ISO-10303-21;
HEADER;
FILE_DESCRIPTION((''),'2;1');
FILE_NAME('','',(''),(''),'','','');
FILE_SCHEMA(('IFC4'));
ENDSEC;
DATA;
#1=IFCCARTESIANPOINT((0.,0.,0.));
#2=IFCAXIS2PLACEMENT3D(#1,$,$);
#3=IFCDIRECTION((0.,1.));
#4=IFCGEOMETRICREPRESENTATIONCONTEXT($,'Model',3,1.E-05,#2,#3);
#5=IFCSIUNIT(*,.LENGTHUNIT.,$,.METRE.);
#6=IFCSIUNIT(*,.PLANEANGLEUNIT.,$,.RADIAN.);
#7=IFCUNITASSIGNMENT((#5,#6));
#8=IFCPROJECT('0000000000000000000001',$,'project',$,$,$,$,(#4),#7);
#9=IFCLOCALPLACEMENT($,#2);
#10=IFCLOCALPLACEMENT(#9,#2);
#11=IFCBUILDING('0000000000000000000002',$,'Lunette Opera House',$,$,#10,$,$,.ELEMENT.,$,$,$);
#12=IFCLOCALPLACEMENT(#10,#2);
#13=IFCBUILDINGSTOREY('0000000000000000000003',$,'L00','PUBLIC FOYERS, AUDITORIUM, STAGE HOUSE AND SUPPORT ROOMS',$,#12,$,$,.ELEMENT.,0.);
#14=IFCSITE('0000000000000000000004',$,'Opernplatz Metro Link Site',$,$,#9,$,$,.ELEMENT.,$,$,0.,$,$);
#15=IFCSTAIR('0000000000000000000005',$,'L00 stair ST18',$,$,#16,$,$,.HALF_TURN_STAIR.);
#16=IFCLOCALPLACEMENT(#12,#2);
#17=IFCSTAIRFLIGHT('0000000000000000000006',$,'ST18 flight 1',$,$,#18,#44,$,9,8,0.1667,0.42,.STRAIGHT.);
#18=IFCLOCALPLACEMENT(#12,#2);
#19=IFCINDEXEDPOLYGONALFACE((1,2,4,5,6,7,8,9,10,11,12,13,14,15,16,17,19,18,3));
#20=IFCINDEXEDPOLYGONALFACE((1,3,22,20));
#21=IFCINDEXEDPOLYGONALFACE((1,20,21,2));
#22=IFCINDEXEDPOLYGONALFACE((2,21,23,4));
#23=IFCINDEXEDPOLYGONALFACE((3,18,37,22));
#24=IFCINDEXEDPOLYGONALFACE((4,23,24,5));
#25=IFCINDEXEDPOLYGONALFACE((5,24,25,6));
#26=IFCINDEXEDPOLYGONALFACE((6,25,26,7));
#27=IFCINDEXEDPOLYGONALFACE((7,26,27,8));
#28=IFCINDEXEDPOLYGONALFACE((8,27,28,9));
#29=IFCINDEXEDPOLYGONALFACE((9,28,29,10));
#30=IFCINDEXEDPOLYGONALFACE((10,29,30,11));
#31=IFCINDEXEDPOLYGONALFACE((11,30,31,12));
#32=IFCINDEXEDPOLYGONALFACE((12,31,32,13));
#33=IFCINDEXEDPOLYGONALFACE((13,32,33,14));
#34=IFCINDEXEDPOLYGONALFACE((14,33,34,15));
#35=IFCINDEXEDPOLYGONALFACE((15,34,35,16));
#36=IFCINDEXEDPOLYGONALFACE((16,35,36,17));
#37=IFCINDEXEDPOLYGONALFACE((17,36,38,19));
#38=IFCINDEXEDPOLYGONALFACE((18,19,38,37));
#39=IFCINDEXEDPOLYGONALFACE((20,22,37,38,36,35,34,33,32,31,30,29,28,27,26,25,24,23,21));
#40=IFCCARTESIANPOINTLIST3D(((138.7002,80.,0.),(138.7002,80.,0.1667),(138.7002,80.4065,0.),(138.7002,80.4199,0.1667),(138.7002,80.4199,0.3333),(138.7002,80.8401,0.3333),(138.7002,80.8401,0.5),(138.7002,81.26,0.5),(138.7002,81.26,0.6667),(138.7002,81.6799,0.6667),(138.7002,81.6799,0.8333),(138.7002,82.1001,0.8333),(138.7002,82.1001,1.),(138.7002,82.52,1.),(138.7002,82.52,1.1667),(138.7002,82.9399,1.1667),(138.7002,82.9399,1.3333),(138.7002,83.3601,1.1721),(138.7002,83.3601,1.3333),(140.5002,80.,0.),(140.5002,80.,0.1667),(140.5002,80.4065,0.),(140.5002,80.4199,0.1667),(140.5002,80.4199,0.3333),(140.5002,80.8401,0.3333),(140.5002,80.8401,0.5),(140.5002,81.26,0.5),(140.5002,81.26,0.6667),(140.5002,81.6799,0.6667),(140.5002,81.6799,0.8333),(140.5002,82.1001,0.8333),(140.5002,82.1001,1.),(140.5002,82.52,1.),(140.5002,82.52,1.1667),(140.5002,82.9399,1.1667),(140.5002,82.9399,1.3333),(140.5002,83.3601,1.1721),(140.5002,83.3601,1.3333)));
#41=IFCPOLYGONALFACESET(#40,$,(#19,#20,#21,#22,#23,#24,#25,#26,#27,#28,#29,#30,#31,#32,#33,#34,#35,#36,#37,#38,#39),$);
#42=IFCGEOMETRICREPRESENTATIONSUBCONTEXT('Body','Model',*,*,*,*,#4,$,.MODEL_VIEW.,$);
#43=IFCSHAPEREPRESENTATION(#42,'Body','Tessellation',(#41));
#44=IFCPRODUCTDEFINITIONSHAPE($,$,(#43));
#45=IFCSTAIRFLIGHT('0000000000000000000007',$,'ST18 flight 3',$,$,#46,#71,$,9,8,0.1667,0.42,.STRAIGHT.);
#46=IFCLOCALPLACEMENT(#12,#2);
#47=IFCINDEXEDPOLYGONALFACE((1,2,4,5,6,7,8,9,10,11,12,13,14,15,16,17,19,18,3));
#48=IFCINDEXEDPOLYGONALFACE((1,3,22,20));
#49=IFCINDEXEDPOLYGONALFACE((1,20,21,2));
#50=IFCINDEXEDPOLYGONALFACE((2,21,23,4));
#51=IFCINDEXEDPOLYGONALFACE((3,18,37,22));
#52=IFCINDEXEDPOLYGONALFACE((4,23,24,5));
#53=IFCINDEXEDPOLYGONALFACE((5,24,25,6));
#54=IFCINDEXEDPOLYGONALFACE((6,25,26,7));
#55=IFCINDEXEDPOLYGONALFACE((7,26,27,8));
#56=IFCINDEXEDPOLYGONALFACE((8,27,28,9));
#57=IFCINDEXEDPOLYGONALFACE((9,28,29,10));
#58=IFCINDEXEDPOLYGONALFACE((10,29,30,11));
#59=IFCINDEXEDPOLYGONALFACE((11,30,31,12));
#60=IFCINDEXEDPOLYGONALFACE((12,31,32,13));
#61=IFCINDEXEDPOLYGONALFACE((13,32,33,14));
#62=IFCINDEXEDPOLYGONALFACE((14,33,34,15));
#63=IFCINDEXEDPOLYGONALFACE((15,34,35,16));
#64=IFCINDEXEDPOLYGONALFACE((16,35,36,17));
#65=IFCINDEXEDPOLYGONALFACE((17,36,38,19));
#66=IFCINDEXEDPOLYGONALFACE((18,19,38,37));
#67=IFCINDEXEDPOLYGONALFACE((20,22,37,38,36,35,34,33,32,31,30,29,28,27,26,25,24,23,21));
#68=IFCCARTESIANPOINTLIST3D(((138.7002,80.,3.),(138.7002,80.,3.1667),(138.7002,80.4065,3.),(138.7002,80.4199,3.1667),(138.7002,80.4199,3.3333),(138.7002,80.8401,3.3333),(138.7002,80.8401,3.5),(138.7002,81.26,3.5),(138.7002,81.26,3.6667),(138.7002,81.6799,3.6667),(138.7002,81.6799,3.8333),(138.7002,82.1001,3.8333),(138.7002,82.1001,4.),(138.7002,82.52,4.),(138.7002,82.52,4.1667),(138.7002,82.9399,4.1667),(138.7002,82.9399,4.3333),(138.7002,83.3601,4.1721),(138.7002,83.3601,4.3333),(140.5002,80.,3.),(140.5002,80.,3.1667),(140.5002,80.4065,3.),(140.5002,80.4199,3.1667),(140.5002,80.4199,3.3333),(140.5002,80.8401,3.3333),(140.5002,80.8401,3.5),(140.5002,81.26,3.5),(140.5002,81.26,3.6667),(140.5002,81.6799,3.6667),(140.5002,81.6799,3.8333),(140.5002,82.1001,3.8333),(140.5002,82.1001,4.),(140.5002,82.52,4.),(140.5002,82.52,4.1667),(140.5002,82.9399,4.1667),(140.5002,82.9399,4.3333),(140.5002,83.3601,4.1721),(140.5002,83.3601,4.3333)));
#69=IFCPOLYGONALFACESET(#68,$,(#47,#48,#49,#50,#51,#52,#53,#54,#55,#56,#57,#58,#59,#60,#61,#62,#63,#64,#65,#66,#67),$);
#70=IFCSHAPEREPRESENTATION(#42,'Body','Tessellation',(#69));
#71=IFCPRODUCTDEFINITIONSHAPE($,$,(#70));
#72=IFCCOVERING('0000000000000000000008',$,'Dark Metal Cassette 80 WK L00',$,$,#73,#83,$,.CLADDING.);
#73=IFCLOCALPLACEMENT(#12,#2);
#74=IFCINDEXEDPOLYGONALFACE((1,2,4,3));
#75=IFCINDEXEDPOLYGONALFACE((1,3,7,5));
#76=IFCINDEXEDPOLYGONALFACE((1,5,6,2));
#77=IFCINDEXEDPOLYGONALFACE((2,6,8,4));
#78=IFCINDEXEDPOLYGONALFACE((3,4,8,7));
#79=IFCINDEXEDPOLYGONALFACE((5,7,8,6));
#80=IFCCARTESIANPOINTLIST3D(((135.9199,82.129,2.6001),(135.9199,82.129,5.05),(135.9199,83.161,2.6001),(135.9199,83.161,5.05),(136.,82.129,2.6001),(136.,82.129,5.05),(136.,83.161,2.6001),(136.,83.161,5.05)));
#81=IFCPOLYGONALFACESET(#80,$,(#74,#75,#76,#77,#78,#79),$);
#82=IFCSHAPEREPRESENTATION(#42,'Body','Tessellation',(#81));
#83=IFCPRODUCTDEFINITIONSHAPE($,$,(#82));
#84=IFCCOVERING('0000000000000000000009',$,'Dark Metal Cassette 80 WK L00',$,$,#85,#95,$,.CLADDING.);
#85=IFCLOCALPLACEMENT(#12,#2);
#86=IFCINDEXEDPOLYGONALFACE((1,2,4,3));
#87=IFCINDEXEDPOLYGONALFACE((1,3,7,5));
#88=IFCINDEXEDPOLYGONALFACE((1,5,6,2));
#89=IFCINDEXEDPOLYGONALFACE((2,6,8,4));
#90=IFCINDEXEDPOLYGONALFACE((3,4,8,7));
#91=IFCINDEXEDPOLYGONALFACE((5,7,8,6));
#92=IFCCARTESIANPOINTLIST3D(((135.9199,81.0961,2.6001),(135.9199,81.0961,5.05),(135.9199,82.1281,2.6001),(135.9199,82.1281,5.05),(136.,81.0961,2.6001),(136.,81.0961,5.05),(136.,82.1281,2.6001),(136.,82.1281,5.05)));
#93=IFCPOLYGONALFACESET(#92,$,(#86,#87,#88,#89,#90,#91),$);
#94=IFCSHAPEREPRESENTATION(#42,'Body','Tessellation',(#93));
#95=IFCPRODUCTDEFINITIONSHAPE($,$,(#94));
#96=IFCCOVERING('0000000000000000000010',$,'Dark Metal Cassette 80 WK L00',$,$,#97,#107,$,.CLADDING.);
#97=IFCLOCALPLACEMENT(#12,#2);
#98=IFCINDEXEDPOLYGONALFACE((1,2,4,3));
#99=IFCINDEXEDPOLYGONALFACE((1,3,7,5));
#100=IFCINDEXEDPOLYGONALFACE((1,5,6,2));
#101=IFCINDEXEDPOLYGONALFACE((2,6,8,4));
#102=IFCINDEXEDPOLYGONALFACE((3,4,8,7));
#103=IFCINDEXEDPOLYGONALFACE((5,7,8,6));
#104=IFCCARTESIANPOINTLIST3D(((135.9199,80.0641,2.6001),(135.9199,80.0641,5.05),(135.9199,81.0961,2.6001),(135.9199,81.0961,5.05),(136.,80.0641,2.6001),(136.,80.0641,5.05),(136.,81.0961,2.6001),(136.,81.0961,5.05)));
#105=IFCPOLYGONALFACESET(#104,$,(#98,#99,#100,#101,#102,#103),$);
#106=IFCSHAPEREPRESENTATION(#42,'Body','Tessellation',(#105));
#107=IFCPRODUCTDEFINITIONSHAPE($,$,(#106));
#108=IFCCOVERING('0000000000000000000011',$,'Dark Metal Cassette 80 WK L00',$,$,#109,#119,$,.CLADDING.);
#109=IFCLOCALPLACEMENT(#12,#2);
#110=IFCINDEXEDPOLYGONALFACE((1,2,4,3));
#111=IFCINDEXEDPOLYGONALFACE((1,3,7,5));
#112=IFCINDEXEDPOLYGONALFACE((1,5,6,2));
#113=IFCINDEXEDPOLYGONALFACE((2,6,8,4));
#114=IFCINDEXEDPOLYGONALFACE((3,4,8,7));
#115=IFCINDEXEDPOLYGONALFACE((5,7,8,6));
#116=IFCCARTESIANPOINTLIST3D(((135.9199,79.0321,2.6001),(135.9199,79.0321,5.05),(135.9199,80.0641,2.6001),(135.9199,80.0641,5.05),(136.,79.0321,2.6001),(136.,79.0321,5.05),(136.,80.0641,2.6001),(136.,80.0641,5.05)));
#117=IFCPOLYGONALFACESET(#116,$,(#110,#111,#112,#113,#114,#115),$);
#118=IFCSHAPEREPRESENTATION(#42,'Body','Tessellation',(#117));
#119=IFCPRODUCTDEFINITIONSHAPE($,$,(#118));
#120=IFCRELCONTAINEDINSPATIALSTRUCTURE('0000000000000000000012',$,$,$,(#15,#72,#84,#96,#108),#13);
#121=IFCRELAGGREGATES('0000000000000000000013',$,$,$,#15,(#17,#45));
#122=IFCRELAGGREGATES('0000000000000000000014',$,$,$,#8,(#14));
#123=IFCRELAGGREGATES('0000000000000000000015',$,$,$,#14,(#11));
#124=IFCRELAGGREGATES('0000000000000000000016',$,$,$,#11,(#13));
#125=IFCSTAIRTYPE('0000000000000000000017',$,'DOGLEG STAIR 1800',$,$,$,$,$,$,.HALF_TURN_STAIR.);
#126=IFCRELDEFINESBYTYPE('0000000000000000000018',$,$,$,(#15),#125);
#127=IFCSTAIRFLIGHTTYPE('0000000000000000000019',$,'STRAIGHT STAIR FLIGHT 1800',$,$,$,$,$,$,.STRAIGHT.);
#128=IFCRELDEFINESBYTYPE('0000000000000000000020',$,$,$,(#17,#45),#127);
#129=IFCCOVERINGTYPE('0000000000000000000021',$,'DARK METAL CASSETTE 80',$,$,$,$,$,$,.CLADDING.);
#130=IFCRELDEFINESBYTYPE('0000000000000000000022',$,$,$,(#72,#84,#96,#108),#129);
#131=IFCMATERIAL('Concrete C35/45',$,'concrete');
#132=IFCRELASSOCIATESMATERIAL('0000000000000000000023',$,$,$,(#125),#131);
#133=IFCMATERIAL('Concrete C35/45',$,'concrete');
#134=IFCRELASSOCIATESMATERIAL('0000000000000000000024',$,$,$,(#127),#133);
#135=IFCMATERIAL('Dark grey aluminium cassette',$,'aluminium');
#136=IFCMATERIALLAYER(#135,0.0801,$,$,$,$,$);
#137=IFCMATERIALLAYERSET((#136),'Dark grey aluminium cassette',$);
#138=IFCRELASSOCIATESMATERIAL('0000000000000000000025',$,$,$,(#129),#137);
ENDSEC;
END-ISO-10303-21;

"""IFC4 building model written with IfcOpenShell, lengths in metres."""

from ifc_helpers import new_model, si_unit, direction, frame, origin, origin_2d, place, context, subcontext, project, spatial, polyline, rectangle, outline, extrude, material, layer, layer_set, type_object, element, aggregate, save


model = new_model("IFC4")

# Units and contexts
model_context = context("Model", 3, precision=1e-05, world=origin(), true_north=direction((0.0, 1.0)))
body_context = subcontext(model_context, "Body", "Model", "MODEL_VIEW")
ifc_project = project(units=[si_unit("LENGTHUNIT", "METRE"), si_unit("PLANEANGLEUNIT", "RADIAN")], contexts=[model_context])

# Site, building, storey
site_placement = place(None, origin())
site = spatial("IfcSite", under=ifc_project, at=site_placement, Name="Opernplatz Metro Link Site", CompositionType="ELEMENT", RefElevation=0.0)
building_placement = place(site_placement, origin())
building = spatial("IfcBuilding", under=site, at=building_placement, Name="Lunette Opera House", CompositionType="ELEMENT")
storey_placement = place(building_placement, origin())
storey = spatial("IfcBuildingStorey", under=building, at=storey_placement, Name="L00", Description="PUBLIC FOYERS, AUDITORIUM, STAGE HOUSE AND SUPPORT ROOMS", CompositionType="ELEMENT", Elevation=0.0)

# Stair, stair flights
ifc_material_1 = material(Name="Concrete C35/45", Category="concrete")
stair_type = type_object("IfcStairType", Name="DOGLEG STAIR 1800", PredefinedType="HALF_TURN_STAIR", material=ifc_material_1)
stair_placement = place(storey_placement, origin())
stair = element("IfcStair", 1, at=stair_placement, inside=storey, type_object=stair_type, Name="L00 stair ST18", PredefinedType="HALF_TURN_STAIR")
ifc_material_2 = material(Name="Concrete C35/45", Category="concrete")
stair_flight_type = type_object("IfcStairFlightType", Name="STRAIGHT STAIR FLIGHT 1800", PredefinedType="STRAIGHT", material=ifc_material_2)
stair_flight_1_placement = place(storey_placement, frame((139.6001, 80.0, 0.0), z_axis=(0.0, 0.0, 1.0), x_axis=(0.0, 1.0, 0.0)))
stair_flight_1 = element("IfcStairFlight", 2, at=stair_flight_1_placement, type_object=stair_flight_type, Name="ST18 flight 1", NumberOfRisers=9, NumberOfTreads=8, PredefinedType="STRAIGHT", RiserHeight=0.1667, TreadLength=0.42, context=body_context, shape_type="SweptSolid", body=[
    extrude(outline(polyline([(0.0, 0.0), (0.0, 0.1667), (0.4199, 0.1667), (0.4199, 0.3333), (0.8401, 0.3333), (0.8401, 0.5), (1.26, 0.5), (1.26, 0.6667), (1.6799, 0.6667), (1.6799, 0.8333), (2.1001, 0.8333), (2.1001, 1.0), (2.52, 1.0), (2.52, 1.1667), (2.9399, 1.1667), (2.9399, 1.3333), (3.3601, 1.3333), (3.3601, 1.5), (3.3601, 1.1721), (0.4065, 0.0), (0.0, 0.0)])), frame((0.0, 0.8999, 0.0), z_axis=(0.0, -1.0, 0.0), x_axis=(1.0, 0.0, 0.0)), (0.0, 0.0, 1.0), 1.8),
])
stair_flight_2_placement = place(storey_placement, frame((139.6001, 80.0, 3.0), z_axis=(0.0, 0.0, 1.0), x_axis=(0.0, 1.0, 0.0)))
stair_flight_2 = element("IfcStairFlight", 3, at=stair_flight_2_placement, type_object=stair_flight_type, Name="ST18 flight 3", NumberOfRisers=9, NumberOfTreads=8, PredefinedType="STRAIGHT", RiserHeight=0.1667, TreadLength=0.42, context=body_context, shape_type="SweptSolid", body=[
    extrude(outline(polyline([(0.0, 0.0), (0.0, 0.1667), (0.4199, 0.1667), (0.4199, 0.3333), (0.8401, 0.3333), (0.8401, 0.5), (1.26, 0.5), (1.26, 0.6667), (1.6799, 0.6667), (1.6799, 0.8333), (2.1001, 0.8333), (2.1001, 1.0), (2.52, 1.0), (2.52, 1.1667), (2.9399, 1.1667), (2.9399, 1.3333), (3.3601, 1.3333), (3.3601, 1.5), (3.3601, 1.1721), (0.4065, 0.0), (0.0, 0.0)])), frame((0.0, 0.8999, 0.0), z_axis=(0.0, -1.0, 0.0), x_axis=(1.0, 0.0, 0.0)), (0.0, 0.0, 1.0), 1.8),
])
aggregate(stair, [stair_flight_1, stair_flight_2])

# Coverings
ifc_material_3 = material(Name="Dark grey aluminium cassette", Category="aluminium")
ifc_layer_1 = layer(ifc_material_3, 0.0801)
ifc_layer_set_1 = layer_set([ifc_layer_1], Name="Dark grey aluminium cassette")
covering_type = type_object("IfcCoveringType", Name="DARK METAL CASSETTE 80", PredefinedType="CLADDING", material=ifc_layer_set_1)
for number, where, z_axis, x_axis, name in (
    (4, (135.96, 82.645, 2.6001), (0.0, 0.0, 1.0), (0.0, -1.0, 0.0), "Dark Metal Cassette 80 WK L00"),
    (5, (135.96, 81.6121, 2.6001), (0.0, 0.0, 1.0), (0.0, -1.0, 0.0), "Dark Metal Cassette 80 WK L00"),
    (6, (135.96, 80.5801, 2.6001), (0.0, 0.0, 1.0), (0.0, -1.0, 0.0), "Dark Metal Cassette 80 WK L00"),
    (7, (135.96, 79.5481, 2.6001), (0.0, 0.0, 1.0), (0.0, -1.0, 0.0), "Dark Metal Cassette 80 WK L00"),
):
    element("IfcCovering", number, at=place(storey_placement, frame(where, z_axis=z_axis, x_axis=x_axis)), inside=storey, type_object=covering_type, Name=name, PredefinedType="CLADDING", context=body_context, shape_type="SweptSolid", body=[
        extrude(rectangle(XDim=1.032, YDim=0.0801, at=origin_2d()), origin(), (0.0, 0.0, 1.0), 2.45),
    ])

save(model, "model.ifc")
